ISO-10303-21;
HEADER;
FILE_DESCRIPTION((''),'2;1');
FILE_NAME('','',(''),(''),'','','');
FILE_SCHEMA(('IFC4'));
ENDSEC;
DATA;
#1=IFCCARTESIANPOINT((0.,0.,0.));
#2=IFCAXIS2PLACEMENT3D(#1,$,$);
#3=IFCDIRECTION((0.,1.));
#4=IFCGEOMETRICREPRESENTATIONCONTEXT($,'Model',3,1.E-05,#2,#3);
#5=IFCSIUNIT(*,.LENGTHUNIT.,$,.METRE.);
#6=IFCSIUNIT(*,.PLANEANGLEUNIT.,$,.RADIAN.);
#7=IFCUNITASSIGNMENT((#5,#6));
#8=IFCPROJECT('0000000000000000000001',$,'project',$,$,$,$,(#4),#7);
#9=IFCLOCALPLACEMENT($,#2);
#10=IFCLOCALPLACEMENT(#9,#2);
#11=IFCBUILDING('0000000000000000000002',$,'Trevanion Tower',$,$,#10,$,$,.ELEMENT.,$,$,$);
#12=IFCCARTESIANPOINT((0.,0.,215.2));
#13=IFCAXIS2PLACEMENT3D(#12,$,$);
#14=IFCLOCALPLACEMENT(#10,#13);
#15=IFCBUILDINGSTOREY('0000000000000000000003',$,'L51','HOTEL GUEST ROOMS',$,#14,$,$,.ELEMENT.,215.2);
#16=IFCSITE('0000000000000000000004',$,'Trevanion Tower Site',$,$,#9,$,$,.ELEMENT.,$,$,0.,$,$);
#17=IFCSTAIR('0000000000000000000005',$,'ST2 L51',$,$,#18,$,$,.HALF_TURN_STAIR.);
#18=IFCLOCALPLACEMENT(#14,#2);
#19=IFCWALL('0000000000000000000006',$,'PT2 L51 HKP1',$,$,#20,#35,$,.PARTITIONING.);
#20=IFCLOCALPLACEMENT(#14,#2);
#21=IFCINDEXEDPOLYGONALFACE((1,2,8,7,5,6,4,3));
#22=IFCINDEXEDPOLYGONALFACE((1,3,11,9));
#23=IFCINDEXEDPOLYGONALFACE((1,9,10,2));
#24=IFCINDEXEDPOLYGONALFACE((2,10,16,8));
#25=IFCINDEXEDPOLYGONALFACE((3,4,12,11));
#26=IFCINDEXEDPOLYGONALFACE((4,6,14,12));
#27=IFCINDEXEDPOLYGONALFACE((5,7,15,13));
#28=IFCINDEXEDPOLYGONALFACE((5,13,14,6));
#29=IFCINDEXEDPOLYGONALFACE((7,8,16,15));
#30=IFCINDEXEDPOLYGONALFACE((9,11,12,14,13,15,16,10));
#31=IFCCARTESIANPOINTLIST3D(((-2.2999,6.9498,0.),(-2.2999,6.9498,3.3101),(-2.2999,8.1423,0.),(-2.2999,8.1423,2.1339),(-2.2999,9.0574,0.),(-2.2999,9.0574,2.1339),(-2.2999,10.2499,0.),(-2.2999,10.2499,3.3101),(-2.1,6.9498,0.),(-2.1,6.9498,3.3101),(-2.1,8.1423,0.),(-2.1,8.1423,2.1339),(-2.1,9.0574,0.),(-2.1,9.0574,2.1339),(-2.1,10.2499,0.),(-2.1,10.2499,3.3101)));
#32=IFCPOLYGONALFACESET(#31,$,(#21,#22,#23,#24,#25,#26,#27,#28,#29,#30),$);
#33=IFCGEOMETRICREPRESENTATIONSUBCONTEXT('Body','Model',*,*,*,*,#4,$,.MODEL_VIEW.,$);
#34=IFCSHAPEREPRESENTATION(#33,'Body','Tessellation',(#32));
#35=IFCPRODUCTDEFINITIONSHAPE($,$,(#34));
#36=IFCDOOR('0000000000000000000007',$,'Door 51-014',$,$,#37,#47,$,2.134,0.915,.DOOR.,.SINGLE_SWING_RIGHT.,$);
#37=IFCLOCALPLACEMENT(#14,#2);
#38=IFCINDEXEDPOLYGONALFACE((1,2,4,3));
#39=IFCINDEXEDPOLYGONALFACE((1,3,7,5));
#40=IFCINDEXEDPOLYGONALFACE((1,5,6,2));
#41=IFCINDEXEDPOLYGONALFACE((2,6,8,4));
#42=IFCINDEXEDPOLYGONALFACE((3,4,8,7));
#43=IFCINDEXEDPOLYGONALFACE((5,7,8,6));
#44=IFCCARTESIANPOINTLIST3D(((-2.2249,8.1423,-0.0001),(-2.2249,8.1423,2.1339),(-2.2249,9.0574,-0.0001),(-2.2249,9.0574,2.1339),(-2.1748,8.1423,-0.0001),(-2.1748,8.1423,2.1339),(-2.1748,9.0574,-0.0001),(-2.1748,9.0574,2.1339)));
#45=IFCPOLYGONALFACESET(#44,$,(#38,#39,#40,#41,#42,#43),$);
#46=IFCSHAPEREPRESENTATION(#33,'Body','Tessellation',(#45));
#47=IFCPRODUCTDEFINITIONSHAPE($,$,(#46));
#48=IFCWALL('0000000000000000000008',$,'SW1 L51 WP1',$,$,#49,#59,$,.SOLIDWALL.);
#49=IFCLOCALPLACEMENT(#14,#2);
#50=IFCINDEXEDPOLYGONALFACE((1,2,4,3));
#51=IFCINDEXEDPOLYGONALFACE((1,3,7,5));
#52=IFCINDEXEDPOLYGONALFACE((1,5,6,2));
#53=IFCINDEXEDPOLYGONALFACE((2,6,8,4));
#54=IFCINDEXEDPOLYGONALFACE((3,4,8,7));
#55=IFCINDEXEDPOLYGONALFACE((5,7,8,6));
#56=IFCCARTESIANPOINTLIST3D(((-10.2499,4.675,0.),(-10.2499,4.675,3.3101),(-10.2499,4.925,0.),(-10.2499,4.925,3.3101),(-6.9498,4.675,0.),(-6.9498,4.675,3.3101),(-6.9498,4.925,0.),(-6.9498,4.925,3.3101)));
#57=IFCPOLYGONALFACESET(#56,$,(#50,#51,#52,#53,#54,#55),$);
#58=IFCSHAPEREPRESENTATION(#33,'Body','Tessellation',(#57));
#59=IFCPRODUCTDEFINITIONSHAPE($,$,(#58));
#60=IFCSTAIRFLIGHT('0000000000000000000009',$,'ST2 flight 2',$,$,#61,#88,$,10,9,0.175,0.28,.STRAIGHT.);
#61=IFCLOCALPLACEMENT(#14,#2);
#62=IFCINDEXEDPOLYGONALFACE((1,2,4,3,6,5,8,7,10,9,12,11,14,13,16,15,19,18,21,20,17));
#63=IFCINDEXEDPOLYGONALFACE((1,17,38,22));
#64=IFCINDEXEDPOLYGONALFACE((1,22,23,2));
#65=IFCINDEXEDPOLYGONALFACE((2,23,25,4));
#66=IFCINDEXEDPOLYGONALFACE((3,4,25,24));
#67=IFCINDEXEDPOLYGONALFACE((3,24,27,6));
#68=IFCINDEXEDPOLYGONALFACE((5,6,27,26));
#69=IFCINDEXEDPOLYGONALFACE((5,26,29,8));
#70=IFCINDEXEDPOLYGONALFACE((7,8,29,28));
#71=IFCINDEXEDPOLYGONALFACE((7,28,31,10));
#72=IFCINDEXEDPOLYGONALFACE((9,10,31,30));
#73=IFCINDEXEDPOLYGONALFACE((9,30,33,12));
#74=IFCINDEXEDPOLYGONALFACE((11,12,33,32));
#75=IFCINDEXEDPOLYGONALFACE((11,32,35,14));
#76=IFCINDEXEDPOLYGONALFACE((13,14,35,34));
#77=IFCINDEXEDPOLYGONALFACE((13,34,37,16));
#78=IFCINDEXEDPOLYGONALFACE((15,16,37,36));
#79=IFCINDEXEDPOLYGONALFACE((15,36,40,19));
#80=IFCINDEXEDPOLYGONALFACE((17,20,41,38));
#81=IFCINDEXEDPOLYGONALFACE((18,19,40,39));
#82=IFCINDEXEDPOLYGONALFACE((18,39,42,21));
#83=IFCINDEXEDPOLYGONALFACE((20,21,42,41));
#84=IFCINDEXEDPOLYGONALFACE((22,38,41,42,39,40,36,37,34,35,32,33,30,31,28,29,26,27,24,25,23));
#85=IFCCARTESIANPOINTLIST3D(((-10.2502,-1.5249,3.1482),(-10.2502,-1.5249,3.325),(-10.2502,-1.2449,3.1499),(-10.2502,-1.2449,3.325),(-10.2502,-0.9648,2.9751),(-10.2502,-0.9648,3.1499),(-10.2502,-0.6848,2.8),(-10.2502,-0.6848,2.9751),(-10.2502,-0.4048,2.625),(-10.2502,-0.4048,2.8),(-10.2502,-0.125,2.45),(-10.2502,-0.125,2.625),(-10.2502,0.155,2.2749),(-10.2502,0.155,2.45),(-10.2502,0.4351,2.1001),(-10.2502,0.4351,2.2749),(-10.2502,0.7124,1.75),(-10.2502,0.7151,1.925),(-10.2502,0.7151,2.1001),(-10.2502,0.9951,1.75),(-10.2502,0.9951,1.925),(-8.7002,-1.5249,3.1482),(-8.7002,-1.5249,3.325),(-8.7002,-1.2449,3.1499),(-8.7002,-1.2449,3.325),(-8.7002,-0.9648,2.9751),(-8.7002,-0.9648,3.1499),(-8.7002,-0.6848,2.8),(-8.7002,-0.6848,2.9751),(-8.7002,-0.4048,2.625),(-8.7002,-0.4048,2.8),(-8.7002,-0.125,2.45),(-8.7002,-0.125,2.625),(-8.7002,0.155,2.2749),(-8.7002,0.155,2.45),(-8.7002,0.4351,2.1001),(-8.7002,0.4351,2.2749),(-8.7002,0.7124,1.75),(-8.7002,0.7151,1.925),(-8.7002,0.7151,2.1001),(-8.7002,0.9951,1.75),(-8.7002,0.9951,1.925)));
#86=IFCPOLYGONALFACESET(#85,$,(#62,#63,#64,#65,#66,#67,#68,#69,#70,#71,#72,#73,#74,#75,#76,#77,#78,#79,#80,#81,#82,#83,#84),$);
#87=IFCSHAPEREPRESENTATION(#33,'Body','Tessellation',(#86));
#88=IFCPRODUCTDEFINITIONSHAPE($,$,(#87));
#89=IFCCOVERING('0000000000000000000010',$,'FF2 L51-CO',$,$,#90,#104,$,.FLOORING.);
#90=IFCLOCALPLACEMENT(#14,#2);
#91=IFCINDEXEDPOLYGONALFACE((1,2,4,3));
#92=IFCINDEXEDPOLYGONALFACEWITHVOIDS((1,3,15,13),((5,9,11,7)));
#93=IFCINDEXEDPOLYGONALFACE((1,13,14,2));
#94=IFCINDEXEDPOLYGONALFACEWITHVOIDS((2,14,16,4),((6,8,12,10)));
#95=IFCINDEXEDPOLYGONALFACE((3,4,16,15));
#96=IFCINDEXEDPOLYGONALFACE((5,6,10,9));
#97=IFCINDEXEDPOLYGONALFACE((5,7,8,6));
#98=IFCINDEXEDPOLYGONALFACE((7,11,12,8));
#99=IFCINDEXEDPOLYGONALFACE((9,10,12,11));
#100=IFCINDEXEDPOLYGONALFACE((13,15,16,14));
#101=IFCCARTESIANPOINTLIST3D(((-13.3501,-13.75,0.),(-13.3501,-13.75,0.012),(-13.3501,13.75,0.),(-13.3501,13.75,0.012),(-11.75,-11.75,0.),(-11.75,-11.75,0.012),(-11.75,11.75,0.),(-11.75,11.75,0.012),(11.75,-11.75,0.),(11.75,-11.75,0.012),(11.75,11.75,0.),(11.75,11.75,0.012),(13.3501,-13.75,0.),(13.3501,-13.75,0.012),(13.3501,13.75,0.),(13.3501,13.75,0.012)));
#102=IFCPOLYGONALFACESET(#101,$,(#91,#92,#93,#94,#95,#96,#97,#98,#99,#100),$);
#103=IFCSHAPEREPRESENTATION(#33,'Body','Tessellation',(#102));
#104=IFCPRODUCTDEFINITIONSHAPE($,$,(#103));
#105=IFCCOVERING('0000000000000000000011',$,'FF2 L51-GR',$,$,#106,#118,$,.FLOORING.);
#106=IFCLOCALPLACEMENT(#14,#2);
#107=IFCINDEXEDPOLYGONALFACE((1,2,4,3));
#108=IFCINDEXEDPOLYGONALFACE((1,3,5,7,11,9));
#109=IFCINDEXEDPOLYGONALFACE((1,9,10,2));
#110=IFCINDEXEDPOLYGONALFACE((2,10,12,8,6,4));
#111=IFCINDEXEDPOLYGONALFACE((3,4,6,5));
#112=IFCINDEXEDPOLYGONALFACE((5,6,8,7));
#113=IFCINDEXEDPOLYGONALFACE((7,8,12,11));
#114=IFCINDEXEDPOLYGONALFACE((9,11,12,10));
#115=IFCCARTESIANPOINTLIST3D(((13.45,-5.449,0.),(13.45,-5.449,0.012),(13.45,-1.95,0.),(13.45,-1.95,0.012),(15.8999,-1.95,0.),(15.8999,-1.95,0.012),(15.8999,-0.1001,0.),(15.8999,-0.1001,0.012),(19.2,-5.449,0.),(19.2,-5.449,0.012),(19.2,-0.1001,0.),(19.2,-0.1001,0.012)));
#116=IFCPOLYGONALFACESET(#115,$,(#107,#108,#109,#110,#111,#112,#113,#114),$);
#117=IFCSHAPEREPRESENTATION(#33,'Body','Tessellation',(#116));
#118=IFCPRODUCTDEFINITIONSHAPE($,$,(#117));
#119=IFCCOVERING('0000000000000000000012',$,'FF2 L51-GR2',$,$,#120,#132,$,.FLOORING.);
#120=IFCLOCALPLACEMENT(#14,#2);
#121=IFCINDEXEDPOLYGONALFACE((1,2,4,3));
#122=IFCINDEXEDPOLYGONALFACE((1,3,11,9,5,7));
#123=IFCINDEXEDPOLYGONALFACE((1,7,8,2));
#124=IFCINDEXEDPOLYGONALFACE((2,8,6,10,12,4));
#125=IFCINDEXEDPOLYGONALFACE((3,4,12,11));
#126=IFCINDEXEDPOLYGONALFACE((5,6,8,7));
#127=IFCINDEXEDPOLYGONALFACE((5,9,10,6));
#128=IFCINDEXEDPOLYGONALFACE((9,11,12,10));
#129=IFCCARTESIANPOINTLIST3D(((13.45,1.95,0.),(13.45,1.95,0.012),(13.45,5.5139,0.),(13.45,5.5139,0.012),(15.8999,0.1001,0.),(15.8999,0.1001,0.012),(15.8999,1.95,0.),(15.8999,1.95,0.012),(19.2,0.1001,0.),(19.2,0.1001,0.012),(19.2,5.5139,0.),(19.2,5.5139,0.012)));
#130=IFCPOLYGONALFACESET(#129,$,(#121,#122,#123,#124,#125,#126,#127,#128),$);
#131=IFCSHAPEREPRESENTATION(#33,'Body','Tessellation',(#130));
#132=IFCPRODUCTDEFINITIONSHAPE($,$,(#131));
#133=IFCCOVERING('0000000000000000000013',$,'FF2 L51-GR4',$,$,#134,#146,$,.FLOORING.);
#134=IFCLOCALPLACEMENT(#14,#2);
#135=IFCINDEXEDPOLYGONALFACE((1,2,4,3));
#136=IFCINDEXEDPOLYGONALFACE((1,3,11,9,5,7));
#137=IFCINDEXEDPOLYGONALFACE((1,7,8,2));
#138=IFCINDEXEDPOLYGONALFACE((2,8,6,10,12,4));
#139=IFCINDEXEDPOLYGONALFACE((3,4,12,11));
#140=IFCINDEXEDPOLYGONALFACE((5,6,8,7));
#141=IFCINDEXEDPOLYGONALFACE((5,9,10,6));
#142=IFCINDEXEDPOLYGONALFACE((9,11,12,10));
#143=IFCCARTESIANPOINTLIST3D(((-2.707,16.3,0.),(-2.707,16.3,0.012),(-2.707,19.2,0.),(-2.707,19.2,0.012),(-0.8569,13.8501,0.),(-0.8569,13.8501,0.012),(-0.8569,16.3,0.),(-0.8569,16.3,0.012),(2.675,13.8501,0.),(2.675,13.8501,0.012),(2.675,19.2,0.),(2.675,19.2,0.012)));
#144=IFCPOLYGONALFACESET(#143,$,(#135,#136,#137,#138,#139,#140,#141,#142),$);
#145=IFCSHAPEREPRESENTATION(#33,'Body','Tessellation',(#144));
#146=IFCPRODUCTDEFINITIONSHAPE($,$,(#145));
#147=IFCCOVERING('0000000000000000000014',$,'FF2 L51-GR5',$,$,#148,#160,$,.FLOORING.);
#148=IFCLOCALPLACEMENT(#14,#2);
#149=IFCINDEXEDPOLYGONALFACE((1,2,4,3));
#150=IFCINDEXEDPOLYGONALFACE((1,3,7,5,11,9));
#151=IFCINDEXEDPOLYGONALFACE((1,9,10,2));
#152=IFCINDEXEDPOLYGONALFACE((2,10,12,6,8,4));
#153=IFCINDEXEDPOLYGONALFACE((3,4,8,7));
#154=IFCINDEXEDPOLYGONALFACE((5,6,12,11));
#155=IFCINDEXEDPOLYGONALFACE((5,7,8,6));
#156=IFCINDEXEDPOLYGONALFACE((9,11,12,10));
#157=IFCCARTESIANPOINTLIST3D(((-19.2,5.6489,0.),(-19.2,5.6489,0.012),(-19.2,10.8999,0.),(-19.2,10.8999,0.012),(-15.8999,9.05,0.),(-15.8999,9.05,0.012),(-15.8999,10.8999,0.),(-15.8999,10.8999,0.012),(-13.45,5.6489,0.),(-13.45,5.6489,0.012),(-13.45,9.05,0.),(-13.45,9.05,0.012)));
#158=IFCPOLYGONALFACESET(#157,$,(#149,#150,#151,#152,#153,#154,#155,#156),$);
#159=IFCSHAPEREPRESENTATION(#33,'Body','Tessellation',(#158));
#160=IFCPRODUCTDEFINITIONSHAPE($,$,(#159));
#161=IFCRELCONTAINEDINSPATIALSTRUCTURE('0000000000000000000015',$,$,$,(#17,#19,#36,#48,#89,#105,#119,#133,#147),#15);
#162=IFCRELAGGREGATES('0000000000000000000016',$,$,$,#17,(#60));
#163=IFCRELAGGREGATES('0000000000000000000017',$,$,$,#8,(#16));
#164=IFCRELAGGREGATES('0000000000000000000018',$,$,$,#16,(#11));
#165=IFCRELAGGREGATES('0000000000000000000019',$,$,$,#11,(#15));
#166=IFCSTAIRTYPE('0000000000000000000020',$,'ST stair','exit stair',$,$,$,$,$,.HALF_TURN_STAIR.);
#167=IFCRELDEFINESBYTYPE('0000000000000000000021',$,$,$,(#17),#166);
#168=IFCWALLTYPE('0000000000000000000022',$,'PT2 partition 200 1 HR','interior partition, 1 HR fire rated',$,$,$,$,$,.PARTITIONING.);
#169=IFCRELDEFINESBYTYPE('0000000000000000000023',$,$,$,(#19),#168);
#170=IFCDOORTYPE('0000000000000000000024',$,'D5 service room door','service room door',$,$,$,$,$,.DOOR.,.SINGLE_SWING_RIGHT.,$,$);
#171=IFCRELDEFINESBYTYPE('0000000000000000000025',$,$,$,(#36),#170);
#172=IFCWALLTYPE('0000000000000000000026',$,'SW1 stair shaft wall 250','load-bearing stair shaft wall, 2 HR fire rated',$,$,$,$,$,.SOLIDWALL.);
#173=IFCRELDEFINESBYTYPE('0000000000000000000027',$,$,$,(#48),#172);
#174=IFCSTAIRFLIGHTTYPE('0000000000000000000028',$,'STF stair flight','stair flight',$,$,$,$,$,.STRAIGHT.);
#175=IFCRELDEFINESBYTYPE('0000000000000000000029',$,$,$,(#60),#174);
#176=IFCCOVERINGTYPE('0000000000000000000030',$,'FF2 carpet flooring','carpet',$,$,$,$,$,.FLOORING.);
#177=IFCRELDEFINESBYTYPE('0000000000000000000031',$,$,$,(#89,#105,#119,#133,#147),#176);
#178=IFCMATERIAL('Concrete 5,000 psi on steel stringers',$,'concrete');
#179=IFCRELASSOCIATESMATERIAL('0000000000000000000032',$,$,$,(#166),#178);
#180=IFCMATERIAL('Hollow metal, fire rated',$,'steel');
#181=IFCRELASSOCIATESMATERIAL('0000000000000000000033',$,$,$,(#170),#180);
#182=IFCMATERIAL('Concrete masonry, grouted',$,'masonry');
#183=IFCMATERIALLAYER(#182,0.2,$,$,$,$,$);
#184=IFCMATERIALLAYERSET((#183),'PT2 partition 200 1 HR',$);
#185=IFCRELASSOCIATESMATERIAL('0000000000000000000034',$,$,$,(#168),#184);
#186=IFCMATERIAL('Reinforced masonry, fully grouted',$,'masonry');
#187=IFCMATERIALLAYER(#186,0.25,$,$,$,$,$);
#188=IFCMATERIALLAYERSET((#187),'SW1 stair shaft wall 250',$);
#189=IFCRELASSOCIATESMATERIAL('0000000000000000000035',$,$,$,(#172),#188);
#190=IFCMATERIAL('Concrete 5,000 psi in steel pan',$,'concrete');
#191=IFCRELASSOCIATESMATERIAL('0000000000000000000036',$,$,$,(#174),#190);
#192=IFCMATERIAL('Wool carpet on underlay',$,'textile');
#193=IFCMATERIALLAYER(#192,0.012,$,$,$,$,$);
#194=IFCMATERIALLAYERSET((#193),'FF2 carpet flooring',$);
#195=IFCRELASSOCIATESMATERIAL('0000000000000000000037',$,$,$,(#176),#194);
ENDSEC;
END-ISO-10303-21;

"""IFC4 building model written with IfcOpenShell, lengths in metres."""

from ifc_helpers import new_model, si_unit, direction, frame, frame_2d, origin, place, context, subcontext, project, spatial, polyline, rectangle, outline, extrude, material, layer, layer_set, type_object, element, fill, aggregate, save


model = new_model("IFC4")

# Units and contexts
model_context = context("Model", 3, precision=1e-05, world=origin(), true_north=direction((0.0, 1.0)))
body_context = subcontext(model_context, "Body", "Model", "MODEL_VIEW")
ifc_project = project(units=[si_unit("LENGTHUNIT", "METRE"), si_unit("PLANEANGLEUNIT", "RADIAN")], contexts=[model_context])

# Site, building, storey
site_placement = place(None, origin())
site = spatial("IfcSite", under=ifc_project, at=site_placement, Name="Trevanion Tower Site", CompositionType="ELEMENT", RefElevation=0.0)
building_placement = place(site_placement, origin())
building = spatial("IfcBuilding", under=site, at=building_placement, Name="Trevanion Tower", CompositionType="ELEMENT")
storey_placement = place(building_placement, frame((0.0, 0.0, 215.2)))
storey = spatial("IfcBuildingStorey", under=building, at=storey_placement, Name="L51", Description="HOTEL GUEST ROOMS", CompositionType="ELEMENT", Elevation=215.2)

# Stair
ifc_material_1 = material(Name="Concrete 5,000 psi on steel stringers", Category="concrete")
stair_type = type_object("IfcStairType", Name="ST stair", Description="exit stair", PredefinedType="HALF_TURN_STAIR", material=ifc_material_1)
stair_1_placement = place(storey_placement, origin())
stair_1 = element("IfcStair", 1, at=stair_1_placement, inside=storey, type_object=stair_type, Name="ST2 L51", PredefinedType="HALF_TURN_STAIR")

# Shared definitions
ifc_material_2 = material(Name="Hollow metal, fire rated", Category="steel")
door_type_1 = type_object("IfcDoorType", Name="D5 service room door", Description="service room door", OperationType="SINGLE_SWING_RIGHT", PredefinedType="DOOR", material=ifc_material_2)

# Shared definitions
ifc_material_3 = material(Name="Concrete masonry, grouted", Category="masonry")
ifc_layer_1 = layer(ifc_material_3, 0.2)
ifc_layer_set_1 = layer_set([ifc_layer_1], Name="PT2 partition 200 1 HR")
wall_type_1 = type_object("IfcWallType", Name="PT2 partition 200 1 HR", Description="interior partition, 1 HR fire rated", PredefinedType="PARTITIONING", material=ifc_layer_set_1)

# Wall, opening, door
wall_1_placement = place(storey_placement, frame((-2.2, 6.95, 0.0), z_axis=(0.0, 0.0, 1.0), x_axis=(0.0, 1.0, 0.0)))
wall_1 = element("IfcWall", 2, at=wall_1_placement, inside=storey, type_object=wall_type_1, Name="PT2 L51 HKP1", PredefinedType="PARTITIONING", context=body_context, shape_type="SweptSolid", body=[
    extrude(rectangle(XDim=3.3, YDim=0.2, at=frame_2d((1.6499, 0.0))), origin(), (0.0, 0.0, 1.0), 3.3101),
])
opening_1_placement = place(wall_1_placement, frame((1.1924, 0.0, 0.0)))
opening_1 = element("IfcOpeningElement", 3, at=opening_1_placement, cuts=wall_1, PredefinedType="OPENING", context=body_context, shape_type="SweptSolid", body=[
    extrude(rectangle(XDim=0.915, YDim=2.134, at=frame_2d((0.4575, 1.0669))), frame((0.0, 0.1099, 0.0), z_axis=(0.0, -1.0, 0.0), x_axis=(1.0, 0.0, 0.0)), (0.0, 0.0, 1.0), 0.22),
])
door_1_placement = place(opening_1_placement, origin())
door_1 = element("IfcDoor", 4, at=door_1_placement, inside=storey, type_object=door_type_1, Name="Door 51-014", OperationType="SINGLE_SWING_RIGHT", OverallHeight=2.134, OverallWidth=0.915, PredefinedType="DOOR", context=body_context, shape_type="SweptSolid", body=[
    extrude(rectangle(XDim=0.915, YDim=2.134, at=frame_2d((0.4575, 1.0669))), frame((0.0, 0.0249, 0.0), z_axis=(0.0, -1.0, 0.0), x_axis=(1.0, 0.0, 0.0)), (0.0, 0.0, 1.0), 0.05),
])
fill(opening_1, door_1)

# Wall
ifc_material_4 = material(Name="Reinforced masonry, fully grouted", Category="masonry")
ifc_layer_2 = layer(ifc_material_4, 0.25)
ifc_layer_set_2 = layer_set([ifc_layer_2], Name="SW1 stair shaft wall 250")
wall_type_2 = type_object("IfcWallType", Name="SW1 stair shaft wall 250", Description="load-bearing stair shaft wall, 2 HR fire rated", PredefinedType="SOLIDWALL", material=ifc_layer_set_2)
wall_2_placement = place(storey_placement, frame((-6.95, 4.8, 0.0), z_axis=(0.0, 0.0, 1.0), x_axis=(-1.0, 0.0, 0.0)))
element("IfcWall", 5, at=wall_2_placement, inside=storey, type_object=wall_type_2, Name="SW1 L51 WP1", PredefinedType="SOLIDWALL", context=body_context, shape_type="SweptSolid", body=[
    extrude(rectangle(XDim=3.3, YDim=0.25, at=frame_2d((1.6499, 0.0))), origin(), (0.0, 0.0, 1.0), 3.3101),
])

# Stair flight
ifc_material_5 = material(Name="Concrete 5,000 psi in steel pan", Category="concrete")
stair_flight_type = type_object("IfcStairFlightType", Name="STF stair flight", Description="stair flight", PredefinedType="STRAIGHT", material=ifc_material_5)
stair_flight_placement = place(storey_placement, frame((-9.4751, 0.9951, 1.75), z_axis=(0.0, 0.0, 1.0), x_axis=(0.0, -1.0, 0.0)))
stair_flight = element("IfcStairFlight", 6, at=stair_flight_placement, type_object=stair_flight_type, Name="ST2 flight 2", NumberOfRisers=10, NumberOfTreads=9, PredefinedType="STRAIGHT", RiserHeight=0.175, TreadLength=0.28, context=body_context, shape_type="SweptSolid", body=[
    extrude(outline(polyline([(0.0, 0.0), (0.0, 0.175), (0.28, 0.175), (0.28, 0.3501), (0.5601, 0.3501), (0.5601, 0.5249), (0.8401, 0.5249), (0.8401, 0.7), (1.1201, 0.7), (1.1201, 0.875), (1.3999, 0.875), (1.3999, 1.05), (1.6799, 1.05), (1.6799, 1.2251), (1.96, 1.2251), (1.96, 1.3999), (2.24, 1.3999), (2.24, 1.575), (2.52, 1.575), (2.52, 1.75), (2.52, 1.3982), (0.2827, 0.0), (0.0, 0.0)])), frame((0.0, 0.7749, 0.0), z_axis=(0.0, -1.0, 0.0), x_axis=(1.0, 0.0, 0.0)), (0.0, 0.0, 1.0), 1.55),
])
aggregate(stair_1, [stair_flight])

# Coverings
ifc_material_6 = material(Name="Wool carpet on underlay", Category="textile")
ifc_layer_3 = layer(ifc_material_6, 0.012)
ifc_layer_set_3 = layer_set([ifc_layer_3], Name="FF2 carpet flooring")
covering_type = type_object("IfcCoveringType", Name="FF2 carpet flooring", Description="carpet", PredefinedType="FLOORING", material=ifc_layer_set_3)
covering_1_placement = place(storey_placement, origin())
element("IfcCovering", 7, at=covering_1_placement, inside=storey, type_object=covering_type, Name="FF2 L51-CO", PredefinedType="FLOORING", context=body_context, shape_type="SweptSolid", body=[
    extrude(outline(polyline([(-13.3501, -13.75), (-13.3501, 13.75), (13.3501, 13.75), (13.3501, -13.75), (-13.3501, -13.75)]), holes=[polyline([(11.75, 11.75), (-11.75, 11.75), (-11.75, -11.75), (11.75, -11.75), (11.75, 11.75)])]), origin(), (0.0, 0.0, 1.0), 0.012),
])
covering_2_placement = place(storey_placement, origin())
element("IfcCovering", 8, at=covering_2_placement, inside=storey, type_object=covering_type, Name="FF2 L51-GR", PredefinedType="FLOORING", context=body_context, shape_type="SweptSolid", body=[
    extrude(outline(polyline([(13.45, -1.95), (15.8999, -1.95), (15.8999, -0.1001), (19.2, -0.1001), (19.2, -5.449), (13.45, -5.449), (13.45, -1.95)])), origin(), (0.0, 0.0, 1.0), 0.012),
])
covering_3_placement = place(storey_placement, origin())
element("IfcCovering", 9, at=covering_3_placement, inside=storey, type_object=covering_type, Name="FF2 L51-GR2", PredefinedType="FLOORING", context=body_context, shape_type="SweptSolid", body=[
    extrude(outline(polyline([(13.45, 5.5139), (19.2, 5.5139), (19.2, 0.1001), (15.8999, 0.1001), (15.8999, 1.95), (13.45, 1.95), (13.45, 5.5139)])), origin(), (0.0, 0.0, 1.0), 0.012),
])
covering_4_placement = place(storey_placement, origin())
element("IfcCovering", 10, at=covering_4_placement, inside=storey, type_object=covering_type, Name="FF2 L51-GR4", PredefinedType="FLOORING", context=body_context, shape_type="SweptSolid", body=[
    extrude(outline(polyline([(-0.8569, 13.8501), (-0.8569, 16.3), (-2.707, 16.3), (-2.707, 19.2), (2.675, 19.2), (2.675, 13.8501), (-0.8569, 13.8501)])), origin(), (0.0, 0.0, 1.0), 0.012),
])
covering_5_placement = place(storey_placement, origin())
element("IfcCovering", 11, at=covering_5_placement, inside=storey, type_object=covering_type, Name="FF2 L51-GR5", PredefinedType="FLOORING", context=body_context, shape_type="SweptSolid", body=[
    extrude(outline(polyline([(-13.45, 5.6489), (-19.2, 5.6489), (-19.2, 10.8999), (-15.8999, 10.8999), (-15.8999, 9.05), (-13.45, 9.05), (-13.45, 5.6489)])), origin(), (0.0, 0.0, 1.0), 0.012),
])

save(model, "model.ifc")
